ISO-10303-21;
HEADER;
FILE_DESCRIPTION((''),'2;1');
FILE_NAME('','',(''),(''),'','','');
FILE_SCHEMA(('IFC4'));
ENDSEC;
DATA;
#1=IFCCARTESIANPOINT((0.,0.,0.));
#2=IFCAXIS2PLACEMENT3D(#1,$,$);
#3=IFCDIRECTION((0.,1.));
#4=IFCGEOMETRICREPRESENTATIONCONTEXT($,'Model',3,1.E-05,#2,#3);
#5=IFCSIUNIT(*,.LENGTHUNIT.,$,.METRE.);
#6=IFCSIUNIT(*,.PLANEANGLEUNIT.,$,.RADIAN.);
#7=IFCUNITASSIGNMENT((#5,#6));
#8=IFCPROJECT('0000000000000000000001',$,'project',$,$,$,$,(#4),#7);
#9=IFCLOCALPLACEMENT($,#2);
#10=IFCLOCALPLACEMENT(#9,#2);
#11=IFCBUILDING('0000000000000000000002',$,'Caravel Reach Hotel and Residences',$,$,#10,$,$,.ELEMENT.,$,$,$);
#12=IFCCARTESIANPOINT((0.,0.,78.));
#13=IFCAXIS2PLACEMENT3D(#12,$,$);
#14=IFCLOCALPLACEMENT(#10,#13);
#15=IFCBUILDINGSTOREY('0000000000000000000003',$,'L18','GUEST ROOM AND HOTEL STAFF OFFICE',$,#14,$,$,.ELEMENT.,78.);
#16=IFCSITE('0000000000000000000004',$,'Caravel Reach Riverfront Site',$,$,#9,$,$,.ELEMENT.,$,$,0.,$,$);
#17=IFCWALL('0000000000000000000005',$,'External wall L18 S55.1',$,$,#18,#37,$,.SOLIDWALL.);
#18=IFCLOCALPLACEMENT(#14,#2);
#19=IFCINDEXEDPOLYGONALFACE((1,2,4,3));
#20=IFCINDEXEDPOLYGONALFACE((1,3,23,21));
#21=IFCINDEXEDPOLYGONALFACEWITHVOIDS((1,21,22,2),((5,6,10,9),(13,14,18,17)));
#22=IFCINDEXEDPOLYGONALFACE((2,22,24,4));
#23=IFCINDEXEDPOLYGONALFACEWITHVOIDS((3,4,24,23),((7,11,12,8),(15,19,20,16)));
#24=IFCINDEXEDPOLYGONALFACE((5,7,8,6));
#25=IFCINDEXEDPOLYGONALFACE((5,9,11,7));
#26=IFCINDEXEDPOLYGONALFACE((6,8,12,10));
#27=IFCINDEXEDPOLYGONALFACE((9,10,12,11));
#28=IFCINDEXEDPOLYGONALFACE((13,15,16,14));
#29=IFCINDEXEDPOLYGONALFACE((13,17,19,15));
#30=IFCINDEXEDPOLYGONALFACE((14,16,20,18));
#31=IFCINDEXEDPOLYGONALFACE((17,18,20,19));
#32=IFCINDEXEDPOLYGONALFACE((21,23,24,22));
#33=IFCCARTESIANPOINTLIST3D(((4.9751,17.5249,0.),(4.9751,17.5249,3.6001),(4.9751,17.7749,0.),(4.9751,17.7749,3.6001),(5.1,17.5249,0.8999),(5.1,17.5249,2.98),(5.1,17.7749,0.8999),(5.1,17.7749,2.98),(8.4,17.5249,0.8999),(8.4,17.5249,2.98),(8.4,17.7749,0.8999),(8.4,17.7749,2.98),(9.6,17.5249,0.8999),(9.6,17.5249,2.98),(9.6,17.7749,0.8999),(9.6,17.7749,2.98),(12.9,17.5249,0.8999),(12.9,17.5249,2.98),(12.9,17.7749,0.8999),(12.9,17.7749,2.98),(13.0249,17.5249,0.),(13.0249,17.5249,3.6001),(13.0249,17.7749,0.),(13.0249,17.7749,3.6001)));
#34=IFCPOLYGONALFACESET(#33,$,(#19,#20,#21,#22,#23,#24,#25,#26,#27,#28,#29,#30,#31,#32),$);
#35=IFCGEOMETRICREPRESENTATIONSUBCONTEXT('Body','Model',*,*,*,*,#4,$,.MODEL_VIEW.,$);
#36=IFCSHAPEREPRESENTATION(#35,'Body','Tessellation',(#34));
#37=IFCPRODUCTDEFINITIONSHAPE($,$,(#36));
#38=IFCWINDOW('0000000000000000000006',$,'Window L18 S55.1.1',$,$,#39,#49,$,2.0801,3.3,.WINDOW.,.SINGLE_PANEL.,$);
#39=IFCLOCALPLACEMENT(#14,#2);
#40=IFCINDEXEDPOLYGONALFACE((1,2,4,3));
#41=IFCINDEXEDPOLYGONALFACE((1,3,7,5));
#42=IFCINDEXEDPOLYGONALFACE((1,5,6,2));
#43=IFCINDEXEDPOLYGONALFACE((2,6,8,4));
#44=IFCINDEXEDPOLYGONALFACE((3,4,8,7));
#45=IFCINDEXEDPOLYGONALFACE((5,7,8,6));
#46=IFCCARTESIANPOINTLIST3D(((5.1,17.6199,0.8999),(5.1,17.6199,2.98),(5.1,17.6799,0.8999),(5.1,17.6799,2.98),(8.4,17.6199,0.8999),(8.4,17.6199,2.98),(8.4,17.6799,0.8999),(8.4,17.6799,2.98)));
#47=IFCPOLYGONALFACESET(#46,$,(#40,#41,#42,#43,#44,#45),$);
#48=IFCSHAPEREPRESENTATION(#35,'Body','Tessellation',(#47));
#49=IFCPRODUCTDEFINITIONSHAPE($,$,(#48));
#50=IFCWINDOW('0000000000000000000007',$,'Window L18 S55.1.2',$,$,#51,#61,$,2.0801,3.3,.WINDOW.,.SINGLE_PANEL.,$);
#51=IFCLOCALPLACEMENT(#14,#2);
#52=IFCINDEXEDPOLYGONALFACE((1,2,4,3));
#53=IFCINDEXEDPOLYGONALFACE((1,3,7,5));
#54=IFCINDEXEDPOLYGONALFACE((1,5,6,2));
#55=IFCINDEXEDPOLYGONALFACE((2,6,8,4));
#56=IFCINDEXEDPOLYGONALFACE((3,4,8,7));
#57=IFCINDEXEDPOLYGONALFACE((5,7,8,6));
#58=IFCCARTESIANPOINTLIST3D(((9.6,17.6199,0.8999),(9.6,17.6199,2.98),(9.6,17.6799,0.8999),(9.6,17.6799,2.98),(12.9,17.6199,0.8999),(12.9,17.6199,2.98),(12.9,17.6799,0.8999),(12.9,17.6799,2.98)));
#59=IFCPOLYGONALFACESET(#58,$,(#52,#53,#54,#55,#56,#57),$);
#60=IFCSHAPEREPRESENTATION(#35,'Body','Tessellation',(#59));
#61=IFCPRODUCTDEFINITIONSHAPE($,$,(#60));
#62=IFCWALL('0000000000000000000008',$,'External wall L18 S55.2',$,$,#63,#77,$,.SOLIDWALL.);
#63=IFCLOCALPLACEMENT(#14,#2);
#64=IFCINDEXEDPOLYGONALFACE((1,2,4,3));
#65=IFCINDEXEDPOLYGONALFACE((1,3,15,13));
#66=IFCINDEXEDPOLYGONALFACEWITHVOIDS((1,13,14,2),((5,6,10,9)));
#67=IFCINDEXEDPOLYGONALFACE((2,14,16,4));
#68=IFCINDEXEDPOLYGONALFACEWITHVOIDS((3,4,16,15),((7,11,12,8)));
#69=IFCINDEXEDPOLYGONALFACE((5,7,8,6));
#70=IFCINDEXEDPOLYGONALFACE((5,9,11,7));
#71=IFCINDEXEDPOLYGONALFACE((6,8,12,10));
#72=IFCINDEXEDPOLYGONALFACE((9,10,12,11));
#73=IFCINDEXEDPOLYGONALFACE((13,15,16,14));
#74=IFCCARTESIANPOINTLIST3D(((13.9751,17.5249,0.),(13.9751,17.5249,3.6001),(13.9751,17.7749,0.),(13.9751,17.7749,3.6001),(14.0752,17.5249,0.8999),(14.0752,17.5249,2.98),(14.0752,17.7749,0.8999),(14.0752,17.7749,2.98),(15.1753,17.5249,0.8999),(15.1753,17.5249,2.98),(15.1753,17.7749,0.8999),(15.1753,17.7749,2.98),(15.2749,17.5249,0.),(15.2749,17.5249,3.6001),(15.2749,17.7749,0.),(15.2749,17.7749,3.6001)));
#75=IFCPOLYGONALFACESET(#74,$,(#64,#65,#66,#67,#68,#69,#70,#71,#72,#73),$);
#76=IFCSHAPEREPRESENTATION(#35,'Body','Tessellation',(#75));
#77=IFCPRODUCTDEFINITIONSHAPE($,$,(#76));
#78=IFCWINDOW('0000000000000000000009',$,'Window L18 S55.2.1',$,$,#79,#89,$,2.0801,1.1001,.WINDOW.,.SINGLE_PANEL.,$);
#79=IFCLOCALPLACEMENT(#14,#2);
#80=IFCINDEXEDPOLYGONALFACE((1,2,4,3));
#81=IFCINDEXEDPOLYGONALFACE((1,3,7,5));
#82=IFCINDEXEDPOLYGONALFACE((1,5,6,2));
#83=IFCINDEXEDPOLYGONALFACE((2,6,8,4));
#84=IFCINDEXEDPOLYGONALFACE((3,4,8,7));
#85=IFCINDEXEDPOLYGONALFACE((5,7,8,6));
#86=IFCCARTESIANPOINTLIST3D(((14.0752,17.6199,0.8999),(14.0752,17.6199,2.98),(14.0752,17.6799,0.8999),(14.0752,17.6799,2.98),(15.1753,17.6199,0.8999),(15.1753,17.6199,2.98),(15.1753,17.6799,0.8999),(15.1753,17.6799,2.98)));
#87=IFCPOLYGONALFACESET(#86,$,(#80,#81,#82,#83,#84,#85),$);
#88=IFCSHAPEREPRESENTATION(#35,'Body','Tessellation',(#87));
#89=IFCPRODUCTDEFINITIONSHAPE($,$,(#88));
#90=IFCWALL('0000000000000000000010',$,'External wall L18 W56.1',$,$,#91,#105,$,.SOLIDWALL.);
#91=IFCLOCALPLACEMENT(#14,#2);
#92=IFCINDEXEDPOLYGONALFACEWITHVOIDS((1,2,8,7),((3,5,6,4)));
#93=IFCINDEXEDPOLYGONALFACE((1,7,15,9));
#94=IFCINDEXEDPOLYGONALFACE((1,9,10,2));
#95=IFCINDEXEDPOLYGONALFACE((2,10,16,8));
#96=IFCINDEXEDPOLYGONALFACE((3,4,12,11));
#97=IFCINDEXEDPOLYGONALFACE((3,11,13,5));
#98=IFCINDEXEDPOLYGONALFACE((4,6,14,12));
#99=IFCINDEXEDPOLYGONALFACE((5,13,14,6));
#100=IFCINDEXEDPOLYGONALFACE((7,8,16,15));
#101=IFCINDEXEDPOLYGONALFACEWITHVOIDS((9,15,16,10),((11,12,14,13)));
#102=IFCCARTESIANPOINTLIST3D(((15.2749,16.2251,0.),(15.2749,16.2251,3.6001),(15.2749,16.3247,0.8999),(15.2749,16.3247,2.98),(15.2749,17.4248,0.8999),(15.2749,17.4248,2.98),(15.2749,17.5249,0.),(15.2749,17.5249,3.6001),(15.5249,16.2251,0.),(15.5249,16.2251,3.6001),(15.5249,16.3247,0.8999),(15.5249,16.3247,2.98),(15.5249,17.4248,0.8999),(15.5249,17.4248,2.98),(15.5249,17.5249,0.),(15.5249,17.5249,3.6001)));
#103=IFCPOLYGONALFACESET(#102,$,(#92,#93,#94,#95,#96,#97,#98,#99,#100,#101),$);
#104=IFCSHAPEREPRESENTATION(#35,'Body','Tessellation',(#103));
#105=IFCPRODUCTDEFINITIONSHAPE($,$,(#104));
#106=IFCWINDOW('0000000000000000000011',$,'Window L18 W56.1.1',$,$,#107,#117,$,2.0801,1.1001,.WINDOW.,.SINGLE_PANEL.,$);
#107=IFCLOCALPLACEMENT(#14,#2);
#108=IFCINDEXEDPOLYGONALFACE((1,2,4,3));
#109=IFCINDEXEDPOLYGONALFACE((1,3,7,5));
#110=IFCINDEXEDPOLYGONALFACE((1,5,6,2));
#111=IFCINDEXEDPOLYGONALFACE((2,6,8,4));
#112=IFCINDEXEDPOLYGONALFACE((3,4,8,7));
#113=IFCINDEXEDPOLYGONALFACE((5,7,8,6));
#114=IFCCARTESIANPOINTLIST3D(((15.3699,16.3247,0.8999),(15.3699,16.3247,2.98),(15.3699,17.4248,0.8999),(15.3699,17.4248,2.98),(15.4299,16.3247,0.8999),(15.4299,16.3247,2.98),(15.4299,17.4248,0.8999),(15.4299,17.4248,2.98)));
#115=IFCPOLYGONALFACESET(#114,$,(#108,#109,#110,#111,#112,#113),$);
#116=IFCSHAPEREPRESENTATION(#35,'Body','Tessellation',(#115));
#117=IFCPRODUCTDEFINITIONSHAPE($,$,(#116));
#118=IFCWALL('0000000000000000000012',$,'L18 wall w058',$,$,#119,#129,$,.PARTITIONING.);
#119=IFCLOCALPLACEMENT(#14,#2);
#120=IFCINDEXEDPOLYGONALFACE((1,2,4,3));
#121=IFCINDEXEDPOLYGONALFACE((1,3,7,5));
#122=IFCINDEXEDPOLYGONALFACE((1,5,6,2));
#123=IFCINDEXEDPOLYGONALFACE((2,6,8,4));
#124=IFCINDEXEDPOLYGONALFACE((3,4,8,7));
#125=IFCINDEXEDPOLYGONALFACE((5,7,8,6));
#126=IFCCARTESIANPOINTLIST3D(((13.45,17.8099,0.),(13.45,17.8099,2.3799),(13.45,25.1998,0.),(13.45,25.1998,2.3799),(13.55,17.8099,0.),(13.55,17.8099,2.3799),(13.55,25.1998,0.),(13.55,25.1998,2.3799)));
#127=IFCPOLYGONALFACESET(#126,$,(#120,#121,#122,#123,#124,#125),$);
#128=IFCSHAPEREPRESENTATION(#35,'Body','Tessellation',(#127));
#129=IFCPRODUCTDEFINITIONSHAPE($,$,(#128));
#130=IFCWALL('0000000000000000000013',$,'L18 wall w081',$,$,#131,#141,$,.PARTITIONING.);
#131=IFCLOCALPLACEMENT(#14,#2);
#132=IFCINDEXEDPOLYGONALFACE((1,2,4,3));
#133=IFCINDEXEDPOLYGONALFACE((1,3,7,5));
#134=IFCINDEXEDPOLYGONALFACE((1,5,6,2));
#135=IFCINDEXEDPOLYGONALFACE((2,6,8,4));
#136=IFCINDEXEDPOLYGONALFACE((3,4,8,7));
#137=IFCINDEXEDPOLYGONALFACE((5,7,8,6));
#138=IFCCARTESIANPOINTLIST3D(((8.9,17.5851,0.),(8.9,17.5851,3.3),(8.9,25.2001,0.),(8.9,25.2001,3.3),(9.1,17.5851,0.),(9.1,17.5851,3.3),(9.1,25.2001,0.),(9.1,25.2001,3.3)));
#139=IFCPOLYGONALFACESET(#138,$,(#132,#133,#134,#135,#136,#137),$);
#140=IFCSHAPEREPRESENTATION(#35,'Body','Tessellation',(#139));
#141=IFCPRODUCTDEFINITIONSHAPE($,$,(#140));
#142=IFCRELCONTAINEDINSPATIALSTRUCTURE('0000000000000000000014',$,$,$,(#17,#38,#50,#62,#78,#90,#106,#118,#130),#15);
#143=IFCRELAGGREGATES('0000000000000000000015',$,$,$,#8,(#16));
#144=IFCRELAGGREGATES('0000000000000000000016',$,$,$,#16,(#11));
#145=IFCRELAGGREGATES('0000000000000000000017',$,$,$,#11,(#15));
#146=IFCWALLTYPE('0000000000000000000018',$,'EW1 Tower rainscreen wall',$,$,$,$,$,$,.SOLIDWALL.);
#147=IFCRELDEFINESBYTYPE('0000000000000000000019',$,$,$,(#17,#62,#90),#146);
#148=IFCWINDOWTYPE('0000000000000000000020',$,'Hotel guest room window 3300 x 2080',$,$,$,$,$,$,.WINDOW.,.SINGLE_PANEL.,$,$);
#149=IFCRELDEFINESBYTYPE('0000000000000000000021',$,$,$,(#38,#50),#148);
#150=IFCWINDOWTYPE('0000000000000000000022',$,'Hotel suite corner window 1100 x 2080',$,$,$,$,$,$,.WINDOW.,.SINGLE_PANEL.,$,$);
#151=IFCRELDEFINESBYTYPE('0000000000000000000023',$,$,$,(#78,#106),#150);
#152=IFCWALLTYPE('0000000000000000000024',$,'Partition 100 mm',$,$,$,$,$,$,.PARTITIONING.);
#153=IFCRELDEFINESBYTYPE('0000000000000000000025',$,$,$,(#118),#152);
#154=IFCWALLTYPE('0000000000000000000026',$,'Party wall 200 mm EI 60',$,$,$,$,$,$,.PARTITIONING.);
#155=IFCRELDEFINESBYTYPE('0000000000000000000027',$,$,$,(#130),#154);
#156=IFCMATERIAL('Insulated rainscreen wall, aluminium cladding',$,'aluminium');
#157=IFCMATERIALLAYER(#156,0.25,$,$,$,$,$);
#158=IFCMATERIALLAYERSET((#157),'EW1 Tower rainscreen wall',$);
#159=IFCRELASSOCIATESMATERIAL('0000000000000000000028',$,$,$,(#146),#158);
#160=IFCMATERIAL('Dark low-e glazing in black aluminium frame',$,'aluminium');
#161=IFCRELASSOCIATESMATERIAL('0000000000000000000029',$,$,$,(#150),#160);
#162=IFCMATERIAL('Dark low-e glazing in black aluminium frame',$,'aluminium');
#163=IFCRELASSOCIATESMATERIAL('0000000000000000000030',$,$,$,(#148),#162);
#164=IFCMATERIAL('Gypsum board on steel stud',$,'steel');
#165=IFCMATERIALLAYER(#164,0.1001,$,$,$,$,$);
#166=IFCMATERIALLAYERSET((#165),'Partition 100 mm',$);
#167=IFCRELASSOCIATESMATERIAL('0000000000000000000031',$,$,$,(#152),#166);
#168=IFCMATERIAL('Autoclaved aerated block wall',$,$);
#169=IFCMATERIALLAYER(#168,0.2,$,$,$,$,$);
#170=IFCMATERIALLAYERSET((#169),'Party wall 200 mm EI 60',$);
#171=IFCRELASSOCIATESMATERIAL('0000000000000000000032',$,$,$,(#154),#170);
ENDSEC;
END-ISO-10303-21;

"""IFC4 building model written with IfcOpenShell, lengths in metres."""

from ifc_helpers import new_model, si_unit, direction, frame, frame_2d, origin, place, context, subcontext, project, spatial, rectangle, extrude, material, layer, layer_set, type_object, element, fill, save


model = new_model("IFC4")

# Units and contexts
model_context = context("Model", 3, precision=1e-05, world=origin(), true_north=direction((0.0, 1.0)))
body_context = subcontext(model_context, "Body", "Model", "MODEL_VIEW")
ifc_project = project(units=[si_unit("LENGTHUNIT", "METRE"), si_unit("PLANEANGLEUNIT", "RADIAN")], contexts=[model_context])

# Site, building, storey
site_placement = place(None, origin())
site = spatial("IfcSite", under=ifc_project, at=site_placement, Name="Caravel Reach Riverfront Site", CompositionType="ELEMENT", RefElevation=0.0)
building_placement = place(site_placement, origin())
building = spatial("IfcBuilding", under=site, at=building_placement, Name="Caravel Reach Hotel and Residences", CompositionType="ELEMENT")
storey_placement = place(building_placement, frame((0.0, 0.0, 78.0)))
storey = spatial("IfcBuildingStorey", under=building, at=storey_placement, Name="L18", Description="GUEST ROOM AND HOTEL STAFF OFFICE", CompositionType="ELEMENT", Elevation=78.0)

# Shared definitions
ifc_material_1 = material(Name="Insulated rainscreen wall, aluminium cladding", Category="aluminium")
ifc_layer_1 = layer(ifc_material_1, 0.25)
ifc_layer_set_1 = layer_set([ifc_layer_1], Name="EW1 Tower rainscreen wall")
wall_type_1 = type_object("IfcWallType", Name="EW1 Tower rainscreen wall", PredefinedType="SOLIDWALL", material=ifc_layer_set_1)
ifc_material_2 = material(Name="Dark low-e glazing in black aluminium frame", Category="aluminium")
window_type_1 = type_object("IfcWindowType", Name="Hotel suite corner window 1100 x 2080", PartitioningType="SINGLE_PANEL", PredefinedType="WINDOW", material=ifc_material_2)

# Wall, openings, windows
wall_1_placement = place(storey_placement, frame((4.9751, 17.6499, 0.0), z_axis=(0.0, 0.0, 1.0), x_axis=(1.0, 0.0, 0.0)))
wall_1 = element("IfcWall", 1, at=wall_1_placement, inside=storey, type_object=wall_type_1, Name="External wall L18 S55.1", PredefinedType="SOLIDWALL", context=body_context, shape_type="SweptSolid", body=[
    extrude(rectangle(XDim=8.0498, YDim=0.25, at=frame_2d((4.0249, 0.0))), origin(), (0.0, 0.0, 1.0), 3.6001),
])
opening_1_placement = place(wall_1_placement, frame((0.125, 0.0, 0.8999)))
opening_1 = element("IfcOpeningElement", 2, at=opening_1_placement, cuts=wall_1, PredefinedType="OPENING", context=body_context, shape_type="SweptSolid", body=[
    extrude(rectangle(XDim=3.3, YDim=2.0801, at=frame_2d((1.6499, 1.04))), frame((0.0, 0.135, 0.0), z_axis=(0.0, -1.0, 0.0), x_axis=(1.0, 0.0, 0.0)), (0.0, 0.0, 1.0), 0.27),
])
opening_2_placement = place(wall_1_placement, frame((4.625, 0.0, 0.8999)))
opening_2 = element("IfcOpeningElement", 3, at=opening_2_placement, cuts=wall_1, PredefinedType="OPENING", context=body_context, shape_type="SweptSolid", body=[
    extrude(rectangle(XDim=3.3, YDim=2.0801, at=frame_2d((1.6499, 1.04))), frame((0.0, 0.135, 0.0), z_axis=(0.0, -1.0, 0.0), x_axis=(1.0, 0.0, 0.0)), (0.0, 0.0, 1.0), 0.27),
])
ifc_material_3 = material(Name="Dark low-e glazing in black aluminium frame", Category="aluminium")
window_type_2 = type_object("IfcWindowType", Name="Hotel guest room window 3300 x 2080", PartitioningType="SINGLE_PANEL", PredefinedType="WINDOW", material=ifc_material_3)
window_1_placement = place(opening_1_placement, origin())
window_1 = element("IfcWindow", 4, at=window_1_placement, inside=storey, type_object=window_type_2, Name="Window L18 S55.1.1", OverallHeight=2.0801, OverallWidth=3.3, PartitioningType="SINGLE_PANEL", PredefinedType="WINDOW", context=body_context, shape_type="SweptSolid", body=[
    extrude(rectangle(XDim=3.3, YDim=2.0801, at=frame_2d((1.6499, 1.04))), frame((0.0, 0.03, 0.0), z_axis=(0.0, -1.0, 0.0), x_axis=(1.0, 0.0, 0.0)), (0.0, 0.0, 1.0), 0.0601),
])
fill(opening_1, window_1)
window_2_placement = place(opening_2_placement, origin())
window_2 = element("IfcWindow", 5, at=window_2_placement, inside=storey, type_object=window_type_2, Name="Window L18 S55.1.2", OverallHeight=2.0801, OverallWidth=3.3, PartitioningType="SINGLE_PANEL", PredefinedType="WINDOW", context=body_context, shape_type="SweptSolid", body=[
    extrude(rectangle(XDim=3.3, YDim=2.0801, at=frame_2d((1.6499, 1.04))), frame((0.0, 0.03, 0.0), z_axis=(0.0, -1.0, 0.0), x_axis=(1.0, 0.0, 0.0)), (0.0, 0.0, 1.0), 0.0601),
])
fill(opening_2, window_2)

# Walls, openings, windows
wall_2_placement = place(storey_placement, frame((13.9751, 17.6499, 0.0), z_axis=(0.0, 0.0, 1.0), x_axis=(1.0, 0.0, 0.0)))
wall_2 = element("IfcWall", 6, at=wall_2_placement, inside=storey, type_object=wall_type_1, Name="External wall L18 S55.2", PredefinedType="SOLIDWALL", context=body_context, shape_type="SweptSolid", body=[
    extrude(rectangle(XDim=1.2998, YDim=0.25, at=frame_2d((0.6499, 0.0))), origin(), (0.0, 0.0, 1.0), 3.6001),
])
opening_3_placement = place(wall_2_placement, frame((0.1001, 0.0, 0.8999)))
opening_3 = element("IfcOpeningElement", 7, at=opening_3_placement, cuts=wall_2, PredefinedType="OPENING", context=body_context, shape_type="SweptSolid", body=[
    extrude(rectangle(XDim=1.1001, YDim=2.0801, at=frame_2d((0.55, 1.04))), frame((0.0, 0.135, 0.0), z_axis=(0.0, -1.0, 0.0), x_axis=(1.0, 0.0, 0.0)), (0.0, 0.0, 1.0), 0.27),
])
window_3_placement = place(opening_3_placement, origin())
window_3 = element("IfcWindow", 8, at=window_3_placement, inside=storey, type_object=window_type_1, Name="Window L18 S55.2.1", OverallHeight=2.0801, OverallWidth=1.1001, PartitioningType="SINGLE_PANEL", PredefinedType="WINDOW", context=body_context, shape_type="SweptSolid", body=[
    extrude(rectangle(XDim=1.1001, YDim=2.0801, at=frame_2d((0.55, 1.04))), frame((0.0, 0.03, 0.0), z_axis=(0.0, -1.0, 0.0), x_axis=(1.0, 0.0, 0.0)), (0.0, 0.0, 1.0), 0.0601),
])
fill(opening_3, window_3)
wall_3_placement = place(storey_placement, frame((15.3999, 17.5249, 0.0), z_axis=(0.0, 0.0, 1.0), x_axis=(0.0, -1.0, 0.0)))
wall_3 = element("IfcWall", 9, at=wall_3_placement, inside=storey, type_object=wall_type_1, Name="External wall L18 W56.1", PredefinedType="SOLIDWALL", context=body_context, shape_type="SweptSolid", body=[
    extrude(rectangle(XDim=1.2998, YDim=0.25, at=frame_2d((0.6499, 0.0))), origin(), (0.0, 0.0, 1.0), 3.6001),
])
opening_4_placement = place(wall_3_placement, frame((0.1001, 0.0, 0.8999)))
opening_4 = element("IfcOpeningElement", 10, at=opening_4_placement, cuts=wall_3, PredefinedType="OPENING", context=body_context, shape_type="SweptSolid", body=[
    extrude(rectangle(XDim=1.1001, YDim=2.0801, at=frame_2d((0.55, 1.04))), frame((0.0, 0.135, 0.0), z_axis=(0.0, -1.0, 0.0), x_axis=(1.0, 0.0, 0.0)), (0.0, 0.0, 1.0), 0.27),
])
window_4_placement = place(opening_4_placement, origin())
window_4 = element("IfcWindow", 11, at=window_4_placement, inside=storey, type_object=window_type_1, Name="Window L18 W56.1.1", OverallHeight=2.0801, OverallWidth=1.1001, PartitioningType="SINGLE_PANEL", PredefinedType="WINDOW", context=body_context, shape_type="SweptSolid", body=[
    extrude(rectangle(XDim=1.1001, YDim=2.0801, at=frame_2d((0.55, 1.04))), frame((0.0, 0.03, 0.0), z_axis=(0.0, -1.0, 0.0), x_axis=(1.0, 0.0, 0.0)), (0.0, 0.0, 1.0), 0.0601),
])
fill(opening_4, window_4)

# Walls
ifc_material_4 = material(Name="Gypsum board on steel stud", Category="steel")
ifc_layer_2 = layer(ifc_material_4, 0.1001)
ifc_layer_set_2 = layer_set([ifc_layer_2], Name="Partition 100 mm")
wall_type_2 = type_object("IfcWallType", Name="Partition 100 mm", PredefinedType="PARTITIONING", material=ifc_layer_set_2)
wall_4_placement = place(storey_placement, frame((13.5, 17.8101, 0.0), z_axis=(0.0, 0.0, 1.0), x_axis=(0.0, 1.0, 0.0)))
element("IfcWall", 12, at=wall_4_placement, inside=storey, type_object=wall_type_2, Name="L18 wall w058", PredefinedType="PARTITIONING", context=body_context, shape_type="SweptSolid", body=[
    extrude(rectangle(XDim=7.3899, YDim=0.1001, at=frame_2d((3.6948, 0.0))), origin(), (0.0, 0.0, 1.0), 2.3799),
])
ifc_material_5 = material(Name="Autoclaved aerated block wall")
ifc_layer_3 = layer(ifc_material_5, 0.2)
ifc_layer_set_3 = layer_set([ifc_layer_3], Name="Party wall 200 mm EI 60")
wall_type_3 = type_object("IfcWallType", Name="Party wall 200 mm EI 60", PredefinedType="PARTITIONING", material=ifc_layer_set_3)
wall_5_placement = place(storey_placement, frame((9.0, 17.585, 0.0), z_axis=(0.0, 0.0, 1.0), x_axis=(0.0, 1.0, 0.0)))
element("IfcWall", 13, at=wall_5_placement, inside=storey, type_object=wall_type_3, Name="L18 wall w081", PredefinedType="PARTITIONING", context=body_context, shape_type="SweptSolid", body=[
    extrude(rectangle(XDim=7.615, YDim=0.2, at=frame_2d((3.8076, 0.0))), origin(), (0.0, 0.0, 1.0), 3.3),
])

save(model, "model.ifc")
